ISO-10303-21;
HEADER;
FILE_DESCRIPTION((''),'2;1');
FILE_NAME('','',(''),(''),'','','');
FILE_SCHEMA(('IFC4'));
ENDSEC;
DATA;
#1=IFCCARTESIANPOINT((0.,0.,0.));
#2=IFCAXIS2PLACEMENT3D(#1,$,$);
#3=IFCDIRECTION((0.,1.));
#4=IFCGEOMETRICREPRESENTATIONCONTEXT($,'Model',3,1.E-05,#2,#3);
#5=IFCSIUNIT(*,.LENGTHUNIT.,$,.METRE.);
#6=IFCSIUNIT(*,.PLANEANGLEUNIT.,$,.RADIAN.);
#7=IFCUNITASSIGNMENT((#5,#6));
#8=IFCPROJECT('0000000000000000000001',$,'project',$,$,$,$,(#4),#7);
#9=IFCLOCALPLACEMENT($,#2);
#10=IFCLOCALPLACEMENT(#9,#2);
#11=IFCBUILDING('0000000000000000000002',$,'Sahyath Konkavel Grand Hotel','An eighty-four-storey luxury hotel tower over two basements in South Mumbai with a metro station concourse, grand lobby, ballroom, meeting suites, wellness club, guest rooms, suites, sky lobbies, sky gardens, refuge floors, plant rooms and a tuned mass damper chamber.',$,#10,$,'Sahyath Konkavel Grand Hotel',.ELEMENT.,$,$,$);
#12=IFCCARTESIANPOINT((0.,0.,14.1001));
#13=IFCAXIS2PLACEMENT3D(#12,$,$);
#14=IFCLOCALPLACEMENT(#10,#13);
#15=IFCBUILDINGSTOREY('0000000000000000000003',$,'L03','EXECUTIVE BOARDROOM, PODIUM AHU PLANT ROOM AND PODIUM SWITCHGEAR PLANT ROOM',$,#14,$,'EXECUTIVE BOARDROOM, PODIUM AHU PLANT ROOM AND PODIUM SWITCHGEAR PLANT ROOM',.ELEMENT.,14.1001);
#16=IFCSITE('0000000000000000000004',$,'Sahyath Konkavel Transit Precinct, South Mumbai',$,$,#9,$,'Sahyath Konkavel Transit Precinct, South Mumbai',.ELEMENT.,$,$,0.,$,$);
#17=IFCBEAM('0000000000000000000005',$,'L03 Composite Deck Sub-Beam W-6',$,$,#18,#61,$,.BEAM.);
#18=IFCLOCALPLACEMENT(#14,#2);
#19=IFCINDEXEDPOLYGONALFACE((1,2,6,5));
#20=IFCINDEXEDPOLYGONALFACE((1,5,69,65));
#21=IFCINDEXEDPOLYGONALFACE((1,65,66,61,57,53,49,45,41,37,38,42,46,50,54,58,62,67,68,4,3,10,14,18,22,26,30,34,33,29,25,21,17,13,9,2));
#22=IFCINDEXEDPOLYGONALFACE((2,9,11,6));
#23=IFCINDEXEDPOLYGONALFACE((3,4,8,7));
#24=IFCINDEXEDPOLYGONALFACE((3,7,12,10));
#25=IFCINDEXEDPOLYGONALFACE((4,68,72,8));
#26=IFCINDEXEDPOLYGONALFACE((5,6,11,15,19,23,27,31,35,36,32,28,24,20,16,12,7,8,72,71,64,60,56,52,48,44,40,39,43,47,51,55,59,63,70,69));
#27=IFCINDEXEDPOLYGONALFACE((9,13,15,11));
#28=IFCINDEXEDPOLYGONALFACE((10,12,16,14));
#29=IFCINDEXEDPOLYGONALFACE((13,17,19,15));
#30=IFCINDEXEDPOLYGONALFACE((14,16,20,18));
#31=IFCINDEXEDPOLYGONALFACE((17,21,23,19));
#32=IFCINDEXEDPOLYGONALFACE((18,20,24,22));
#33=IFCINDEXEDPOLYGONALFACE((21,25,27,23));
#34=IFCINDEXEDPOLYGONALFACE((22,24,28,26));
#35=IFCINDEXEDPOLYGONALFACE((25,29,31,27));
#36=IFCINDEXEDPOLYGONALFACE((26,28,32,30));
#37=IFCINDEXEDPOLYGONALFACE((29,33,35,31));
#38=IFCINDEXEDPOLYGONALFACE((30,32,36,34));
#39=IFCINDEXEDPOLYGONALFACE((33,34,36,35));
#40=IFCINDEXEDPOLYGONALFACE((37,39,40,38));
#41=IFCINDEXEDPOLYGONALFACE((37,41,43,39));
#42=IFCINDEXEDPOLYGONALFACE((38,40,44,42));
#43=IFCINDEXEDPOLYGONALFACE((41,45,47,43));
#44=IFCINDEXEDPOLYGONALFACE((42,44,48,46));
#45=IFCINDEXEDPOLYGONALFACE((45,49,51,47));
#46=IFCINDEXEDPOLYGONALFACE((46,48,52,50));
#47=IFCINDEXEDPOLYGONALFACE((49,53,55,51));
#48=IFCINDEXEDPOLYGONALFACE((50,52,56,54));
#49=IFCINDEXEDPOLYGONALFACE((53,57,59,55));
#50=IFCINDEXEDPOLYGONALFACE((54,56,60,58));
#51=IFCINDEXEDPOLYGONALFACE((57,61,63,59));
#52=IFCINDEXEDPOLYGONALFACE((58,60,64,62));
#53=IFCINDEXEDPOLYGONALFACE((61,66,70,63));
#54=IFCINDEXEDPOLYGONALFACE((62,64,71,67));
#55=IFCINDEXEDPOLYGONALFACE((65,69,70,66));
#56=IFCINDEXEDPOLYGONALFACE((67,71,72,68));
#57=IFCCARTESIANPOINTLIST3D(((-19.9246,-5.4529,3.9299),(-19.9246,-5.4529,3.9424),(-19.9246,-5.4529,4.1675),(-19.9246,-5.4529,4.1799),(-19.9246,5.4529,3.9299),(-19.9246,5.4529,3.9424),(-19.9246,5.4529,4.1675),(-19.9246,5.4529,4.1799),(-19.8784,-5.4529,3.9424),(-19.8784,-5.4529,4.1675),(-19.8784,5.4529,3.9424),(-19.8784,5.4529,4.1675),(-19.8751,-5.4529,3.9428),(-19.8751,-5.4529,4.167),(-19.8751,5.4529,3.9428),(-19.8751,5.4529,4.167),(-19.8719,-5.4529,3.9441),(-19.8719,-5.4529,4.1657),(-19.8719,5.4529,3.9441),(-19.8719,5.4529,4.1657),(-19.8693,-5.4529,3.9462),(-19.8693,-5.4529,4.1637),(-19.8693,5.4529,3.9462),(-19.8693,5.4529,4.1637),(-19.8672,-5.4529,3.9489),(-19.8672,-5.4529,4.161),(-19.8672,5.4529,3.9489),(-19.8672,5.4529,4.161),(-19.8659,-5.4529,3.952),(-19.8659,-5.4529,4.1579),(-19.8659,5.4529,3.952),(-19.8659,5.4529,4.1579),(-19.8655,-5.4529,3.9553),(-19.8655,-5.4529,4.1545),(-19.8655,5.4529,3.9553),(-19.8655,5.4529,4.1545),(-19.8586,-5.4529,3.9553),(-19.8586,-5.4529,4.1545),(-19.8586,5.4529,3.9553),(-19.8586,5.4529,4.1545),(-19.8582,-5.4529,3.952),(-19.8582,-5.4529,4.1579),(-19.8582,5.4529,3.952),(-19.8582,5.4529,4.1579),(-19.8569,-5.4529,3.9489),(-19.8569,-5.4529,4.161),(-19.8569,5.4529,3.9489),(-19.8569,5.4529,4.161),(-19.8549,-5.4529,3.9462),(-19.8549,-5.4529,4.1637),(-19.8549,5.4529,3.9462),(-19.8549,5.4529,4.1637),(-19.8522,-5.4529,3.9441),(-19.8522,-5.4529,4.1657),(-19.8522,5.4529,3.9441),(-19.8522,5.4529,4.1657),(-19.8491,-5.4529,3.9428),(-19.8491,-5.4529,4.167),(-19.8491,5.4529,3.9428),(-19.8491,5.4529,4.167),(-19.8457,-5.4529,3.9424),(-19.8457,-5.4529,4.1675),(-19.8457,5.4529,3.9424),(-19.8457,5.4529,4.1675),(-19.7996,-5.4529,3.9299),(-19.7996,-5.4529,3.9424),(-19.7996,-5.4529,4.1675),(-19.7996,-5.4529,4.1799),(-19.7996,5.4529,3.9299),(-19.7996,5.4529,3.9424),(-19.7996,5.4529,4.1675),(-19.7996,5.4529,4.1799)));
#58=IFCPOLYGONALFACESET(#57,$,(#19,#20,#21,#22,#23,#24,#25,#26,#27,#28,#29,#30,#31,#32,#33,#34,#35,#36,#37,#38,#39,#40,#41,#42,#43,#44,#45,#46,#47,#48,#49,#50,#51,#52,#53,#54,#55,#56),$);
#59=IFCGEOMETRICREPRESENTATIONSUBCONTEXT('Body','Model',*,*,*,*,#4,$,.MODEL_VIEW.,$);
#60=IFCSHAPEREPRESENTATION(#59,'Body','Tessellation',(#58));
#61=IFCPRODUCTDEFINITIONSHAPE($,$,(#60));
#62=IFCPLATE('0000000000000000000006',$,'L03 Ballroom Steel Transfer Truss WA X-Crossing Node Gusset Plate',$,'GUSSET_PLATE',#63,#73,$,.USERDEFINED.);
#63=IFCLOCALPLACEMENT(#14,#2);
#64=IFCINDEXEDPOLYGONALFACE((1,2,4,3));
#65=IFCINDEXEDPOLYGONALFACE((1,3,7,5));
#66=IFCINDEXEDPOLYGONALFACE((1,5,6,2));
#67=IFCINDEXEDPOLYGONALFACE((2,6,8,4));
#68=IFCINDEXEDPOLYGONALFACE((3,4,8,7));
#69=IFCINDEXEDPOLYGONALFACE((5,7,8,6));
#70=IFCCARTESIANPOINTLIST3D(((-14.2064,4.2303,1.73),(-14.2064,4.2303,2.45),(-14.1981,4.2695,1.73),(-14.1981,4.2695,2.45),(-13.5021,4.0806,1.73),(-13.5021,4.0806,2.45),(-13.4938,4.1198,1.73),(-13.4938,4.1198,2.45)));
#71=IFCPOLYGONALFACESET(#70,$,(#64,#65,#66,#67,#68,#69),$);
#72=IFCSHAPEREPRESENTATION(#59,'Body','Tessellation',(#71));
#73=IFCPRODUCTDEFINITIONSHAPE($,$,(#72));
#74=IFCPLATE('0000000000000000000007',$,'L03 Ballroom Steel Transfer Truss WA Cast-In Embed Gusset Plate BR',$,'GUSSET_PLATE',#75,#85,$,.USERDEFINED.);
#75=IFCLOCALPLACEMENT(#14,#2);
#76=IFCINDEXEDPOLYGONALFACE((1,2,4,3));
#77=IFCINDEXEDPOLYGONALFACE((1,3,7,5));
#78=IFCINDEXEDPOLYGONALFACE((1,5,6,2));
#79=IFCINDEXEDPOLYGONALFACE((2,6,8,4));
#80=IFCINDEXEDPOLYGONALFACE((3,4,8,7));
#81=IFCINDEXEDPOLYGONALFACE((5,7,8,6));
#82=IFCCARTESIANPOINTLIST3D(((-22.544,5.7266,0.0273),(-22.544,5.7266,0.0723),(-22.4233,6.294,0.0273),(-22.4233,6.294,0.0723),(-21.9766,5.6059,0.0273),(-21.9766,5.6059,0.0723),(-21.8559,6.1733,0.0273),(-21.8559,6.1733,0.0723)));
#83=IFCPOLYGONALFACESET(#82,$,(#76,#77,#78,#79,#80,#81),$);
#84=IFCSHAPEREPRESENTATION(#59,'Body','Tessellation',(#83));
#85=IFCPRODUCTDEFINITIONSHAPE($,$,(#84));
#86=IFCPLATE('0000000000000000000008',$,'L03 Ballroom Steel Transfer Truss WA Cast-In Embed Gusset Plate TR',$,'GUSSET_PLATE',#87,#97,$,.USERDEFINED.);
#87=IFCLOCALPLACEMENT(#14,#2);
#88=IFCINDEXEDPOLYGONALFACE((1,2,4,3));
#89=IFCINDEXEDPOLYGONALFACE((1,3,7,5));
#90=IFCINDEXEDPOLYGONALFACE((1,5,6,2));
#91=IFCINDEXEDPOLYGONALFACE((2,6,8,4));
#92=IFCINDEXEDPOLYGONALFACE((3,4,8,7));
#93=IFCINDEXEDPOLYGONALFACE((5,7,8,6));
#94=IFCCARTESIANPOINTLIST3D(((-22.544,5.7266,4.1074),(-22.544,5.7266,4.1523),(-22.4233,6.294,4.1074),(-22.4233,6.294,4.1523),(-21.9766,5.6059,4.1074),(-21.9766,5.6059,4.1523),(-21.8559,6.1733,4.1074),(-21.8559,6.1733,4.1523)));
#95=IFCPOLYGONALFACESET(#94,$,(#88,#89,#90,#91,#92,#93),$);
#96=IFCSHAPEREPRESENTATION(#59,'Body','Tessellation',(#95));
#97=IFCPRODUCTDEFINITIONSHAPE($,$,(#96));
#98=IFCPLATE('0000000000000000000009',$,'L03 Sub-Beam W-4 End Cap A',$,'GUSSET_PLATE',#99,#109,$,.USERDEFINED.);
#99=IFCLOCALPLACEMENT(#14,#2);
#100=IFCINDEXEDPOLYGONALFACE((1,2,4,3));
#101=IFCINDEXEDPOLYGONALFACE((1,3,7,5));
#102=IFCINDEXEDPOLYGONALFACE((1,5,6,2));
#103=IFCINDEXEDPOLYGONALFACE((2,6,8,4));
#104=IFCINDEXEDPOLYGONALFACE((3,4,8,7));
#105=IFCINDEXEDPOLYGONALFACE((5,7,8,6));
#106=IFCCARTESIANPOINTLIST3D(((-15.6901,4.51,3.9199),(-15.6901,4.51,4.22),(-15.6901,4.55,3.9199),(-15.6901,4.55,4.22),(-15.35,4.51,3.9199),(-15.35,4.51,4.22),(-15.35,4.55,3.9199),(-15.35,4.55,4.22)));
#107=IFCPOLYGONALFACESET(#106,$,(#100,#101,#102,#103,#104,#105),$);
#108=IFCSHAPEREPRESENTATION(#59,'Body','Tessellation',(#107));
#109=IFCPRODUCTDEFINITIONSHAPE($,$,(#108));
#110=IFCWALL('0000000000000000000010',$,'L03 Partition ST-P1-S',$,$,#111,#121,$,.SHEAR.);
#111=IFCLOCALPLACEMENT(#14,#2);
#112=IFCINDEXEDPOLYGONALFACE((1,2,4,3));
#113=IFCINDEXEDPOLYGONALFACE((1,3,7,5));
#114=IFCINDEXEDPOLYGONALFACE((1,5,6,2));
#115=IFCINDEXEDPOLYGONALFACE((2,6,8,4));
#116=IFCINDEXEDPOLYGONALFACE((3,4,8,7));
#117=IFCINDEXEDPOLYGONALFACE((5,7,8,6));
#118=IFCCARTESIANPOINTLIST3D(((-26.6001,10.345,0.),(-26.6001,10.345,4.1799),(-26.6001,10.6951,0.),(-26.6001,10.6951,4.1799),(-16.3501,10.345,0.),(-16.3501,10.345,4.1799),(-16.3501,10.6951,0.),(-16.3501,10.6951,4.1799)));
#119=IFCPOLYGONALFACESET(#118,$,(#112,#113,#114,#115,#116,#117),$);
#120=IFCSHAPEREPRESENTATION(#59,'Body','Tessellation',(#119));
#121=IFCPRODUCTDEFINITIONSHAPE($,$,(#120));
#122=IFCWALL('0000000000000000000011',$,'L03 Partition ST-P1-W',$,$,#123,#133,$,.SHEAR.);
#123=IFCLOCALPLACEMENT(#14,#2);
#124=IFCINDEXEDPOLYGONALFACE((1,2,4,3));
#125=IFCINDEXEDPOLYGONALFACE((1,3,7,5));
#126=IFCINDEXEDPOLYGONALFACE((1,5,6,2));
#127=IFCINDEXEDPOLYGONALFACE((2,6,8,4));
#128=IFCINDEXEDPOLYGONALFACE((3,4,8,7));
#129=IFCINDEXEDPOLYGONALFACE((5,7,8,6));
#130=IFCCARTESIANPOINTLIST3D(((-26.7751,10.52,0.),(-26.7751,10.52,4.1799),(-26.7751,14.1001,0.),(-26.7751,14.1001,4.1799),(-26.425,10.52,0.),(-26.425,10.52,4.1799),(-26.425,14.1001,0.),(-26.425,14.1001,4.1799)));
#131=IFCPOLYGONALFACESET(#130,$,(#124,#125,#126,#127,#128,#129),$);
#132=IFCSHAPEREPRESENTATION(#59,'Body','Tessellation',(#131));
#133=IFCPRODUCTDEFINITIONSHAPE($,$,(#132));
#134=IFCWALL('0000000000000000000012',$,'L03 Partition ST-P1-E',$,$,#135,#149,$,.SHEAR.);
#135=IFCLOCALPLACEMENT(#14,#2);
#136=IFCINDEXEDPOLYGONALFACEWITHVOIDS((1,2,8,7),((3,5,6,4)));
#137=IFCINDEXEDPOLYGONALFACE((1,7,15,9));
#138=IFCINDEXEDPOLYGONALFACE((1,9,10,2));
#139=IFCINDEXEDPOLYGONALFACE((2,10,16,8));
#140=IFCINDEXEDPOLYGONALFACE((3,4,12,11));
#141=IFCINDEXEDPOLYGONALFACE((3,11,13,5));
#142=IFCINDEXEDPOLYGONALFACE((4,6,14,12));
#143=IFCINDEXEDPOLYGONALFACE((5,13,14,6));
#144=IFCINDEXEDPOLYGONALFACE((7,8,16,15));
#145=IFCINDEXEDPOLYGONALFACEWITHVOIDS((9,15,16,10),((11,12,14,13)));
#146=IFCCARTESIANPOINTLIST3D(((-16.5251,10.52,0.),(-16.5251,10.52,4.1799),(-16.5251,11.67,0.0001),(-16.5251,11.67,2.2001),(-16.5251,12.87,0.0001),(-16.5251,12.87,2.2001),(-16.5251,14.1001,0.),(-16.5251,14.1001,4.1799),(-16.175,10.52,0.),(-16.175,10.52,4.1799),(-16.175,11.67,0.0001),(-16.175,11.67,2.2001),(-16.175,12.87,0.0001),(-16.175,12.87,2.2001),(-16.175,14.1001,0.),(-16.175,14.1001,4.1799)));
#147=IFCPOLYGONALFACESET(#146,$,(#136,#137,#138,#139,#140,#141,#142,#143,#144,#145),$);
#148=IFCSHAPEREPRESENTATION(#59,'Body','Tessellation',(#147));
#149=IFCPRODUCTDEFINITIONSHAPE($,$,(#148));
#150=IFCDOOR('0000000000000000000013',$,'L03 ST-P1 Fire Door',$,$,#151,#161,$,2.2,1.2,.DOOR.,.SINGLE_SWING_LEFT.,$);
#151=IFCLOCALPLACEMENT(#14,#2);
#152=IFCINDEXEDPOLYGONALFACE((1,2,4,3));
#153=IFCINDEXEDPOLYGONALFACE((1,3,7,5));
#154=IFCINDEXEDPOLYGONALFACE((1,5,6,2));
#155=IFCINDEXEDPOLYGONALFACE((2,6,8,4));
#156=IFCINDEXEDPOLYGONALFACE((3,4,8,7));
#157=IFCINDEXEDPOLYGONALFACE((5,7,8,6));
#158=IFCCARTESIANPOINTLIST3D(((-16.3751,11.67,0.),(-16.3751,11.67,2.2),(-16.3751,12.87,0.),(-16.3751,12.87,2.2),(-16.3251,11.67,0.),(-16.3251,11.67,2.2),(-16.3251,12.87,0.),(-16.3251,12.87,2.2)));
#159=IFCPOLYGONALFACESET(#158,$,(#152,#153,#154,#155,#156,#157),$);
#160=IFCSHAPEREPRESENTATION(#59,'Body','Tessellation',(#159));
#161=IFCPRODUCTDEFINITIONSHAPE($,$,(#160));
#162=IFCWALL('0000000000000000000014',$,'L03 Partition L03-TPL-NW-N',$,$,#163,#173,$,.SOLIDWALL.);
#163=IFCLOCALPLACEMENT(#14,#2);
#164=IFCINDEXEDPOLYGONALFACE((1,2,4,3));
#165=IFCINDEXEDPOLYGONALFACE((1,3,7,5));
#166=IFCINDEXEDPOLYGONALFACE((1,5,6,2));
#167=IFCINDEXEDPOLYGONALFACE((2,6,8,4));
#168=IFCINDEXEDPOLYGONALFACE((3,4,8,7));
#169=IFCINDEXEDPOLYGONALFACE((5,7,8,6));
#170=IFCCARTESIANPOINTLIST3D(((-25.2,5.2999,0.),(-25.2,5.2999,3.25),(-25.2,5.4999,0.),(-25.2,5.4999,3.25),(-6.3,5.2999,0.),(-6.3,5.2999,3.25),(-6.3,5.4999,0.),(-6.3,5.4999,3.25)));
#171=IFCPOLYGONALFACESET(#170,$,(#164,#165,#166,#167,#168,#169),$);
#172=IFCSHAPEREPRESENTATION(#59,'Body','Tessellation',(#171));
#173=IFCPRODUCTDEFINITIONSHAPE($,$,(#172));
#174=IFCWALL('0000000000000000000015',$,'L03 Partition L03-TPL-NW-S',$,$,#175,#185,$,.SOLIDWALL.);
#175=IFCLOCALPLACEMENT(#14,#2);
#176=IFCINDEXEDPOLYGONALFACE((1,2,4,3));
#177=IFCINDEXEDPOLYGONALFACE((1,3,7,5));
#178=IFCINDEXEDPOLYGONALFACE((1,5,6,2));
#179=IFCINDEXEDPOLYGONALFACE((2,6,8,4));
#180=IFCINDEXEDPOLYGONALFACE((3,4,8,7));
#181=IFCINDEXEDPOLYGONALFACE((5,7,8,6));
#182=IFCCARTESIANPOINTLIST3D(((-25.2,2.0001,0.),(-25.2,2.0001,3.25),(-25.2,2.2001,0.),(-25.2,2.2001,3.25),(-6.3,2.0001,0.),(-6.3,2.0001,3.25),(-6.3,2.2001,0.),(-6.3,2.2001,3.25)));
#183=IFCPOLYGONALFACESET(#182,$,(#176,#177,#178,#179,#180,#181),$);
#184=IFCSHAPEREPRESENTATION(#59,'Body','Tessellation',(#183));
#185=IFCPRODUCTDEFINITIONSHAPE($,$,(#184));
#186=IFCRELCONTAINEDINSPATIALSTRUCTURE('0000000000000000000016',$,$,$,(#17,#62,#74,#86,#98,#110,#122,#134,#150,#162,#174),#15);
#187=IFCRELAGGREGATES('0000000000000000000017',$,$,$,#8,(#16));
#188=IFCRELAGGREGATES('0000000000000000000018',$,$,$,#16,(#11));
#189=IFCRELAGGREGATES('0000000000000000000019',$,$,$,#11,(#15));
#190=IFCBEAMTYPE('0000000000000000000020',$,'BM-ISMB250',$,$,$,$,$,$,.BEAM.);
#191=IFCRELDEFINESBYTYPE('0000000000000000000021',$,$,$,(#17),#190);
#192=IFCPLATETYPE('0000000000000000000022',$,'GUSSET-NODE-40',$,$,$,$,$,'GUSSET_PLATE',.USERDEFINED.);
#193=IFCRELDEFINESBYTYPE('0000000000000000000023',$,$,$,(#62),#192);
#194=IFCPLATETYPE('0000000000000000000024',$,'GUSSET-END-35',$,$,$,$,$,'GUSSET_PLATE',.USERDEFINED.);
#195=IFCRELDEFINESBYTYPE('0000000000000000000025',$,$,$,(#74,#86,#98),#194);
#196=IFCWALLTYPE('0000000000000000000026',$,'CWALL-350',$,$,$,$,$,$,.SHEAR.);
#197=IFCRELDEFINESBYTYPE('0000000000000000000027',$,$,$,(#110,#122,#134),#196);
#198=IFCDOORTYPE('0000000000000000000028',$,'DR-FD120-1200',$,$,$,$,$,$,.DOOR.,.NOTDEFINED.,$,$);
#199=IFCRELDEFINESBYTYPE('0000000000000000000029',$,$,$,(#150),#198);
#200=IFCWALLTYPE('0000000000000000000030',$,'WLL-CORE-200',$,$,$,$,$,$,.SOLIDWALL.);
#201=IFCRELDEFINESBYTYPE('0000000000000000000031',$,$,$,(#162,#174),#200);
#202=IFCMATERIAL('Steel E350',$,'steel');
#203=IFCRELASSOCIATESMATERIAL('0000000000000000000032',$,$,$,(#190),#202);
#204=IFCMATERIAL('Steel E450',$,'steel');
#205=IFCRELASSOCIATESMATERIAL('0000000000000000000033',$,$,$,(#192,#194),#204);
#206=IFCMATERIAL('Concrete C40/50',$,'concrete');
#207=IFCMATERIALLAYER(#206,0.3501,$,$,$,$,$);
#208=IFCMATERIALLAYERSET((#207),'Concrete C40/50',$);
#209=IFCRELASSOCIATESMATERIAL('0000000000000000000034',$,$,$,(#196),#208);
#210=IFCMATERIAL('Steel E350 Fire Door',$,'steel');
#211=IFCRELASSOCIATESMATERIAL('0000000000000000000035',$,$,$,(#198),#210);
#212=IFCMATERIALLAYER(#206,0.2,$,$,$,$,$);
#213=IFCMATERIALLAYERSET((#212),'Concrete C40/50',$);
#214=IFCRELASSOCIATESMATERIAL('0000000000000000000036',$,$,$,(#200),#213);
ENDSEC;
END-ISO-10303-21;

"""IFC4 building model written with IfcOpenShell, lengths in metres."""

from ifc_helpers import new_model, si_unit, direction, frame, frame_2d, origin, origin_2d, place, context, subcontext, project, spatial, rectangle, i_section, extrude, source, transform, mapped, material, layer, layer_set, material_profile, profile_set, type_object, element, fill, save


model = new_model("IFC4")

# Units and contexts
model_context = context("Model", 3, precision=1e-05, world=origin(), true_north=direction((0.0, 1.0)))
body_context = subcontext(model_context, "Body", "Model", "MODEL_VIEW")
ifc_project = project(units=[si_unit("LENGTHUNIT", "METRE"), si_unit("PLANEANGLEUNIT", "RADIAN")], contexts=[model_context])

# Site, building, storey
site_placement = place(None, origin())
site = spatial("IfcSite", under=ifc_project, at=site_placement, Name="Sahyath Konkavel Transit Precinct, South Mumbai", LongName="Sahyath Konkavel Transit Precinct, South Mumbai", CompositionType="ELEMENT", RefElevation=0.0)
building_placement = place(site_placement, origin())
building = spatial("IfcBuilding", under=site, at=building_placement, Name="Sahyath Konkavel Grand Hotel", Description="An eighty-four-storey luxury hotel tower over two basements in South Mumbai with a metro station concourse, grand lobby, ballroom, meeting suites, wellness club, guest rooms, suites, sky lobbies, sky gardens, refuge floors, plant rooms and a tuned mass damper chamber.", LongName="Sahyath Konkavel Grand Hotel", CompositionType="ELEMENT")
storey_placement = place(building_placement, frame((0.0, 0.0, 14.1001)))
storey = spatial("IfcBuildingStorey", under=building, at=storey_placement, Name="L03", Description="EXECUTIVE BOARDROOM, PODIUM AHU PLANT ROOM AND PODIUM SWITCHGEAR PLANT ROOM", LongName="EXECUTIVE BOARDROOM, PODIUM AHU PLANT ROOM AND PODIUM SWITCHGEAR PLANT ROOM", CompositionType="ELEMENT", Elevation=14.1001)

# Shared definitions
ifc_material_1 = material(Name="Steel E450", Category="steel")

# Shared definitions
ifc_material_2 = material(Name="Steel E350", Category="steel")

# Beam
ifc_material_profile_1 = material_profile(ifc_material_2, i_section(OverallWidth=0.125, OverallDepth=0.25, WebThickness=0.0068, FlangeThickness=0.0125, FilletRadius=0.0129, at=origin_2d()), Name="ISMB 250")
ifc_profile_set_1 = profile_set([ifc_material_profile_1], Name="Steel E350")
beam_type_1 = type_object("IfcBeamType", Name="BM-ISMB250", PredefinedType="BEAM", material=ifc_profile_set_1)
shared_shape_1 = source(origin(), body_context, "Body", "SweptSolid", [
    extrude(i_section(OverallWidth=0.125, OverallDepth=0.25, WebThickness=0.0068, FlangeThickness=0.0125, FilletRadius=0.0129, at=origin_2d()), origin(), (0.0, 0.0, 1.0), 10.9058),
])
beam_1_placement = place(storey_placement, frame((-19.8621, 5.4529, 4.0549), z_axis=(0.0, -1.0, 0.0), x_axis=(1.0, 0.0, 0.0)))
element("IfcBeam", 1, at=beam_1_placement, inside=storey, type_object=beam_type_1, Name="L03 Composite Deck Sub-Beam W-6", PredefinedType="BEAM", context=body_context, shape_type="MappedRepresentation", body=[
    mapped(shared_shape_1, transform((0.0, 0.0, 0.0), scale=1.0)),
])

# Plates
plate_type_1 = type_object("IfcPlateType", Name="GUSSET-NODE-40", ElementType="GUSSET_PLATE", PredefinedType="USERDEFINED", material=ifc_material_1)
shared_shape_2 = source(origin(), body_context, "Body", "SweptSolid", [
    extrude(rectangle(XDim=0.72, YDim=0.04, at=origin_2d()), origin(), (0.0, 0.0, 1.0), 0.72),
])
plate_1_placement = place(storey_placement, frame((-13.8501, 4.175, 1.73), z_axis=(0.0, 0.0, 1.0), x_axis=(-0.978144, 0.207929, 0.0)))
element("IfcPlate", 2, at=plate_1_placement, inside=storey, type_object=plate_type_1, Name="L03 Ballroom Steel Transfer Truss WA X-Crossing Node Gusset Plate", ObjectType="GUSSET_PLATE", PredefinedType="USERDEFINED", context=body_context, shape_type="MappedRepresentation", body=[
    mapped(shared_shape_2, transform((0.0, 0.0, 0.0), scale=1.0)),
])
plate_type_2 = type_object("IfcPlateType", Name="GUSSET-END-35", ElementType="GUSSET_PLATE", PredefinedType="USERDEFINED", material=ifc_material_1)
shared_shape_3 = source(origin(), body_context, "Body", "SweptSolid", [
    extrude(rectangle(XDim=0.5801, YDim=0.5801, at=origin_2d()), origin(), (0.0, 0.0, 1.0), 0.0449),
])
for number, where, z_axis, x_axis, name in (
    (3, (-22.2, 5.95, 0.0273), (0.0, 0.0, 1.0), (-0.978144, 0.207929, 0.0), "L03 Ballroom Steel Transfer Truss WA Cast-In Embed Gusset Plate BR"),
    (4, (-22.2, 5.95, 4.1074), (0.0, 0.0, 1.0), (-0.978144, 0.207929, 0.0), "L03 Ballroom Steel Transfer Truss WA Cast-In Embed Gusset Plate TR"),
):
    element("IfcPlate", number, at=place(storey_placement, frame(where, z_axis=z_axis, x_axis=x_axis)), inside=storey, type_object=plate_type_2, Name=name, ObjectType="GUSSET_PLATE", PredefinedType="USERDEFINED", context=body_context, shape_type="MappedRepresentation", body=[
        mapped(shared_shape_3, transform((0.0, 0.0, 0.0), scale=1.0)),
    ])
shared_shape_4 = source(origin(), body_context, "Body", "SweptSolid", [
    extrude(rectangle(XDim=0.04, YDim=0.3401, at=origin_2d()), origin(), (0.0, 0.0, 1.0), 0.3),
])
plate_2_placement = place(storey_placement, frame((-15.52, 4.53, 3.9199), z_axis=(0.0, 0.0, 1.0), x_axis=(0.0, -1.0, 0.0)))
element("IfcPlate", 5, at=plate_2_placement, inside=storey, type_object=plate_type_2, Name="L03 Sub-Beam W-4 End Cap A", ObjectType="GUSSET_PLATE", PredefinedType="USERDEFINED", context=body_context, shape_type="MappedRepresentation", body=[
    mapped(shared_shape_4, transform((0.0, 0.0, 0.0), scale=1.0)),
])

# Walls
ifc_material_3 = material(Name="Concrete C40/50", Category="concrete")
ifc_layer_1 = layer(ifc_material_3, 0.3501)
ifc_layer_set_1 = layer_set([ifc_layer_1], Name="Concrete C40/50")
wall_type_1 = type_object("IfcWallType", Name="CWALL-350", PredefinedType="SHEAR", material=ifc_layer_set_1)
wall_1_placement = place(storey_placement, frame((-26.6001, 10.52, 0.0), z_axis=(0.0, 0.0, 1.0), x_axis=(1.0, 0.0, 0.0)))
element("IfcWall", 6, at=wall_1_placement, inside=storey, type_object=wall_type_1, Name="L03 Partition ST-P1-S", PredefinedType="SHEAR", context=body_context, shape_type="SweptSolid", body=[
    extrude(rectangle(XDim=10.25, YDim=0.3501, at=frame_2d((5.125, 0.0))), origin(), (0.0, 0.0, 1.0), 4.1799),
])
wall_2_placement = place(storey_placement, frame((-26.6001, 10.52, 0.0), z_axis=(0.0, 0.0, 1.0), x_axis=(0.0, 1.0, 0.0)))
element("IfcWall", 7, at=wall_2_placement, inside=storey, type_object=wall_type_1, Name="L03 Partition ST-P1-W", PredefinedType="SHEAR", context=body_context, shape_type="SweptSolid", body=[
    extrude(rectangle(XDim=3.5801, YDim=0.3501, at=frame_2d((1.79, 0.0))), origin(), (0.0, 0.0, 1.0), 4.1799),
])

# Wall, opening, door
wall_3_placement = place(storey_placement, frame((-16.3501, 10.52, 0.0), z_axis=(0.0, 0.0, 1.0), x_axis=(0.0, 1.0, 0.0)))
wall_3 = element("IfcWall", 8, at=wall_3_placement, inside=storey, type_object=wall_type_1, Name="L03 Partition ST-P1-E", PredefinedType="SHEAR", context=body_context, shape_type="SweptSolid", body=[
    extrude(rectangle(XDim=3.5801, YDim=0.3501, at=frame_2d((1.79, 0.0))), origin(), (0.0, 0.0, 1.0), 4.1799),
])
opening_1_placement = place(wall_3_placement, frame((1.1499, 0.0, 0.0)))
opening_1 = element("IfcOpeningElement", 9, at=opening_1_placement, cuts=wall_3, PredefinedType="OPENING", context=body_context, shape_type="SweptSolid", body=[
    extrude(rectangle(XDim=1.2, YDim=2.2, at=frame_2d((0.6001, 1.1001))), frame((0.0, 0.1851, 0.0), z_axis=(0.0, -1.0, 0.0), x_axis=(1.0, 0.0, 0.0)), (0.0, 0.0, 1.0), 0.3701),
])
ifc_material_4 = material(Name="Steel E350 Fire Door", Category="steel")
door_type_1 = type_object("IfcDoorType", Name="DR-FD120-1200", OperationType="NOTDEFINED", PredefinedType="DOOR", material=ifc_material_4)
shared_shape_5 = source(origin(), body_context, "Body", "SweptSolid", [
    extrude(rectangle(XDim=1.2, YDim=0.05, at=origin_2d()), origin(), (0.0, 0.0, 1.0), 2.2),
])
door_1_placement = place(opening_1_placement, frame((0.6001, 0.0, 0.0)))
door_1 = element("IfcDoor", 10, at=door_1_placement, inside=storey, type_object=door_type_1, Name="L03 ST-P1 Fire Door", OperationType="SINGLE_SWING_LEFT", OverallHeight=2.2, OverallWidth=1.2, PredefinedType="DOOR", context=body_context, shape_type="MappedRepresentation", body=[
    mapped(shared_shape_5, transform((0.0, 0.0, 0.0), scale=1.0)),
])
fill(opening_1, door_1)

# Walls
ifc_layer_2 = layer(ifc_material_3, 0.2)
ifc_layer_set_2 = layer_set([ifc_layer_2], Name="Concrete C40/50")
wall_type_2 = type_object("IfcWallType", Name="WLL-CORE-200", PredefinedType="SOLIDWALL", material=ifc_layer_set_2)
for number, where, z_axis, x_axis, name in (
    (11, (-25.2, 5.3999, 0.0), (0.0, 0.0, 1.0), (1.0, 0.0, 0.0), "L03 Partition L03-TPL-NW-N"),
    (12, (-25.2, 2.1001, 0.0), (0.0, 0.0, 1.0), (1.0, 0.0, 0.0), "L03 Partition L03-TPL-NW-S"),
):
    element("IfcWall", number, at=place(storey_placement, frame(where, z_axis=z_axis, x_axis=x_axis)), inside=storey, type_object=wall_type_2, Name=name, PredefinedType="SOLIDWALL", context=body_context, shape_type="SweptSolid", body=[
        extrude(rectangle(XDim=18.8999, YDim=0.2, at=frame_2d((9.45, 0.0))), origin(), (0.0, 0.0, 1.0), 3.25),
    ])

save(model, "model.ifc")
